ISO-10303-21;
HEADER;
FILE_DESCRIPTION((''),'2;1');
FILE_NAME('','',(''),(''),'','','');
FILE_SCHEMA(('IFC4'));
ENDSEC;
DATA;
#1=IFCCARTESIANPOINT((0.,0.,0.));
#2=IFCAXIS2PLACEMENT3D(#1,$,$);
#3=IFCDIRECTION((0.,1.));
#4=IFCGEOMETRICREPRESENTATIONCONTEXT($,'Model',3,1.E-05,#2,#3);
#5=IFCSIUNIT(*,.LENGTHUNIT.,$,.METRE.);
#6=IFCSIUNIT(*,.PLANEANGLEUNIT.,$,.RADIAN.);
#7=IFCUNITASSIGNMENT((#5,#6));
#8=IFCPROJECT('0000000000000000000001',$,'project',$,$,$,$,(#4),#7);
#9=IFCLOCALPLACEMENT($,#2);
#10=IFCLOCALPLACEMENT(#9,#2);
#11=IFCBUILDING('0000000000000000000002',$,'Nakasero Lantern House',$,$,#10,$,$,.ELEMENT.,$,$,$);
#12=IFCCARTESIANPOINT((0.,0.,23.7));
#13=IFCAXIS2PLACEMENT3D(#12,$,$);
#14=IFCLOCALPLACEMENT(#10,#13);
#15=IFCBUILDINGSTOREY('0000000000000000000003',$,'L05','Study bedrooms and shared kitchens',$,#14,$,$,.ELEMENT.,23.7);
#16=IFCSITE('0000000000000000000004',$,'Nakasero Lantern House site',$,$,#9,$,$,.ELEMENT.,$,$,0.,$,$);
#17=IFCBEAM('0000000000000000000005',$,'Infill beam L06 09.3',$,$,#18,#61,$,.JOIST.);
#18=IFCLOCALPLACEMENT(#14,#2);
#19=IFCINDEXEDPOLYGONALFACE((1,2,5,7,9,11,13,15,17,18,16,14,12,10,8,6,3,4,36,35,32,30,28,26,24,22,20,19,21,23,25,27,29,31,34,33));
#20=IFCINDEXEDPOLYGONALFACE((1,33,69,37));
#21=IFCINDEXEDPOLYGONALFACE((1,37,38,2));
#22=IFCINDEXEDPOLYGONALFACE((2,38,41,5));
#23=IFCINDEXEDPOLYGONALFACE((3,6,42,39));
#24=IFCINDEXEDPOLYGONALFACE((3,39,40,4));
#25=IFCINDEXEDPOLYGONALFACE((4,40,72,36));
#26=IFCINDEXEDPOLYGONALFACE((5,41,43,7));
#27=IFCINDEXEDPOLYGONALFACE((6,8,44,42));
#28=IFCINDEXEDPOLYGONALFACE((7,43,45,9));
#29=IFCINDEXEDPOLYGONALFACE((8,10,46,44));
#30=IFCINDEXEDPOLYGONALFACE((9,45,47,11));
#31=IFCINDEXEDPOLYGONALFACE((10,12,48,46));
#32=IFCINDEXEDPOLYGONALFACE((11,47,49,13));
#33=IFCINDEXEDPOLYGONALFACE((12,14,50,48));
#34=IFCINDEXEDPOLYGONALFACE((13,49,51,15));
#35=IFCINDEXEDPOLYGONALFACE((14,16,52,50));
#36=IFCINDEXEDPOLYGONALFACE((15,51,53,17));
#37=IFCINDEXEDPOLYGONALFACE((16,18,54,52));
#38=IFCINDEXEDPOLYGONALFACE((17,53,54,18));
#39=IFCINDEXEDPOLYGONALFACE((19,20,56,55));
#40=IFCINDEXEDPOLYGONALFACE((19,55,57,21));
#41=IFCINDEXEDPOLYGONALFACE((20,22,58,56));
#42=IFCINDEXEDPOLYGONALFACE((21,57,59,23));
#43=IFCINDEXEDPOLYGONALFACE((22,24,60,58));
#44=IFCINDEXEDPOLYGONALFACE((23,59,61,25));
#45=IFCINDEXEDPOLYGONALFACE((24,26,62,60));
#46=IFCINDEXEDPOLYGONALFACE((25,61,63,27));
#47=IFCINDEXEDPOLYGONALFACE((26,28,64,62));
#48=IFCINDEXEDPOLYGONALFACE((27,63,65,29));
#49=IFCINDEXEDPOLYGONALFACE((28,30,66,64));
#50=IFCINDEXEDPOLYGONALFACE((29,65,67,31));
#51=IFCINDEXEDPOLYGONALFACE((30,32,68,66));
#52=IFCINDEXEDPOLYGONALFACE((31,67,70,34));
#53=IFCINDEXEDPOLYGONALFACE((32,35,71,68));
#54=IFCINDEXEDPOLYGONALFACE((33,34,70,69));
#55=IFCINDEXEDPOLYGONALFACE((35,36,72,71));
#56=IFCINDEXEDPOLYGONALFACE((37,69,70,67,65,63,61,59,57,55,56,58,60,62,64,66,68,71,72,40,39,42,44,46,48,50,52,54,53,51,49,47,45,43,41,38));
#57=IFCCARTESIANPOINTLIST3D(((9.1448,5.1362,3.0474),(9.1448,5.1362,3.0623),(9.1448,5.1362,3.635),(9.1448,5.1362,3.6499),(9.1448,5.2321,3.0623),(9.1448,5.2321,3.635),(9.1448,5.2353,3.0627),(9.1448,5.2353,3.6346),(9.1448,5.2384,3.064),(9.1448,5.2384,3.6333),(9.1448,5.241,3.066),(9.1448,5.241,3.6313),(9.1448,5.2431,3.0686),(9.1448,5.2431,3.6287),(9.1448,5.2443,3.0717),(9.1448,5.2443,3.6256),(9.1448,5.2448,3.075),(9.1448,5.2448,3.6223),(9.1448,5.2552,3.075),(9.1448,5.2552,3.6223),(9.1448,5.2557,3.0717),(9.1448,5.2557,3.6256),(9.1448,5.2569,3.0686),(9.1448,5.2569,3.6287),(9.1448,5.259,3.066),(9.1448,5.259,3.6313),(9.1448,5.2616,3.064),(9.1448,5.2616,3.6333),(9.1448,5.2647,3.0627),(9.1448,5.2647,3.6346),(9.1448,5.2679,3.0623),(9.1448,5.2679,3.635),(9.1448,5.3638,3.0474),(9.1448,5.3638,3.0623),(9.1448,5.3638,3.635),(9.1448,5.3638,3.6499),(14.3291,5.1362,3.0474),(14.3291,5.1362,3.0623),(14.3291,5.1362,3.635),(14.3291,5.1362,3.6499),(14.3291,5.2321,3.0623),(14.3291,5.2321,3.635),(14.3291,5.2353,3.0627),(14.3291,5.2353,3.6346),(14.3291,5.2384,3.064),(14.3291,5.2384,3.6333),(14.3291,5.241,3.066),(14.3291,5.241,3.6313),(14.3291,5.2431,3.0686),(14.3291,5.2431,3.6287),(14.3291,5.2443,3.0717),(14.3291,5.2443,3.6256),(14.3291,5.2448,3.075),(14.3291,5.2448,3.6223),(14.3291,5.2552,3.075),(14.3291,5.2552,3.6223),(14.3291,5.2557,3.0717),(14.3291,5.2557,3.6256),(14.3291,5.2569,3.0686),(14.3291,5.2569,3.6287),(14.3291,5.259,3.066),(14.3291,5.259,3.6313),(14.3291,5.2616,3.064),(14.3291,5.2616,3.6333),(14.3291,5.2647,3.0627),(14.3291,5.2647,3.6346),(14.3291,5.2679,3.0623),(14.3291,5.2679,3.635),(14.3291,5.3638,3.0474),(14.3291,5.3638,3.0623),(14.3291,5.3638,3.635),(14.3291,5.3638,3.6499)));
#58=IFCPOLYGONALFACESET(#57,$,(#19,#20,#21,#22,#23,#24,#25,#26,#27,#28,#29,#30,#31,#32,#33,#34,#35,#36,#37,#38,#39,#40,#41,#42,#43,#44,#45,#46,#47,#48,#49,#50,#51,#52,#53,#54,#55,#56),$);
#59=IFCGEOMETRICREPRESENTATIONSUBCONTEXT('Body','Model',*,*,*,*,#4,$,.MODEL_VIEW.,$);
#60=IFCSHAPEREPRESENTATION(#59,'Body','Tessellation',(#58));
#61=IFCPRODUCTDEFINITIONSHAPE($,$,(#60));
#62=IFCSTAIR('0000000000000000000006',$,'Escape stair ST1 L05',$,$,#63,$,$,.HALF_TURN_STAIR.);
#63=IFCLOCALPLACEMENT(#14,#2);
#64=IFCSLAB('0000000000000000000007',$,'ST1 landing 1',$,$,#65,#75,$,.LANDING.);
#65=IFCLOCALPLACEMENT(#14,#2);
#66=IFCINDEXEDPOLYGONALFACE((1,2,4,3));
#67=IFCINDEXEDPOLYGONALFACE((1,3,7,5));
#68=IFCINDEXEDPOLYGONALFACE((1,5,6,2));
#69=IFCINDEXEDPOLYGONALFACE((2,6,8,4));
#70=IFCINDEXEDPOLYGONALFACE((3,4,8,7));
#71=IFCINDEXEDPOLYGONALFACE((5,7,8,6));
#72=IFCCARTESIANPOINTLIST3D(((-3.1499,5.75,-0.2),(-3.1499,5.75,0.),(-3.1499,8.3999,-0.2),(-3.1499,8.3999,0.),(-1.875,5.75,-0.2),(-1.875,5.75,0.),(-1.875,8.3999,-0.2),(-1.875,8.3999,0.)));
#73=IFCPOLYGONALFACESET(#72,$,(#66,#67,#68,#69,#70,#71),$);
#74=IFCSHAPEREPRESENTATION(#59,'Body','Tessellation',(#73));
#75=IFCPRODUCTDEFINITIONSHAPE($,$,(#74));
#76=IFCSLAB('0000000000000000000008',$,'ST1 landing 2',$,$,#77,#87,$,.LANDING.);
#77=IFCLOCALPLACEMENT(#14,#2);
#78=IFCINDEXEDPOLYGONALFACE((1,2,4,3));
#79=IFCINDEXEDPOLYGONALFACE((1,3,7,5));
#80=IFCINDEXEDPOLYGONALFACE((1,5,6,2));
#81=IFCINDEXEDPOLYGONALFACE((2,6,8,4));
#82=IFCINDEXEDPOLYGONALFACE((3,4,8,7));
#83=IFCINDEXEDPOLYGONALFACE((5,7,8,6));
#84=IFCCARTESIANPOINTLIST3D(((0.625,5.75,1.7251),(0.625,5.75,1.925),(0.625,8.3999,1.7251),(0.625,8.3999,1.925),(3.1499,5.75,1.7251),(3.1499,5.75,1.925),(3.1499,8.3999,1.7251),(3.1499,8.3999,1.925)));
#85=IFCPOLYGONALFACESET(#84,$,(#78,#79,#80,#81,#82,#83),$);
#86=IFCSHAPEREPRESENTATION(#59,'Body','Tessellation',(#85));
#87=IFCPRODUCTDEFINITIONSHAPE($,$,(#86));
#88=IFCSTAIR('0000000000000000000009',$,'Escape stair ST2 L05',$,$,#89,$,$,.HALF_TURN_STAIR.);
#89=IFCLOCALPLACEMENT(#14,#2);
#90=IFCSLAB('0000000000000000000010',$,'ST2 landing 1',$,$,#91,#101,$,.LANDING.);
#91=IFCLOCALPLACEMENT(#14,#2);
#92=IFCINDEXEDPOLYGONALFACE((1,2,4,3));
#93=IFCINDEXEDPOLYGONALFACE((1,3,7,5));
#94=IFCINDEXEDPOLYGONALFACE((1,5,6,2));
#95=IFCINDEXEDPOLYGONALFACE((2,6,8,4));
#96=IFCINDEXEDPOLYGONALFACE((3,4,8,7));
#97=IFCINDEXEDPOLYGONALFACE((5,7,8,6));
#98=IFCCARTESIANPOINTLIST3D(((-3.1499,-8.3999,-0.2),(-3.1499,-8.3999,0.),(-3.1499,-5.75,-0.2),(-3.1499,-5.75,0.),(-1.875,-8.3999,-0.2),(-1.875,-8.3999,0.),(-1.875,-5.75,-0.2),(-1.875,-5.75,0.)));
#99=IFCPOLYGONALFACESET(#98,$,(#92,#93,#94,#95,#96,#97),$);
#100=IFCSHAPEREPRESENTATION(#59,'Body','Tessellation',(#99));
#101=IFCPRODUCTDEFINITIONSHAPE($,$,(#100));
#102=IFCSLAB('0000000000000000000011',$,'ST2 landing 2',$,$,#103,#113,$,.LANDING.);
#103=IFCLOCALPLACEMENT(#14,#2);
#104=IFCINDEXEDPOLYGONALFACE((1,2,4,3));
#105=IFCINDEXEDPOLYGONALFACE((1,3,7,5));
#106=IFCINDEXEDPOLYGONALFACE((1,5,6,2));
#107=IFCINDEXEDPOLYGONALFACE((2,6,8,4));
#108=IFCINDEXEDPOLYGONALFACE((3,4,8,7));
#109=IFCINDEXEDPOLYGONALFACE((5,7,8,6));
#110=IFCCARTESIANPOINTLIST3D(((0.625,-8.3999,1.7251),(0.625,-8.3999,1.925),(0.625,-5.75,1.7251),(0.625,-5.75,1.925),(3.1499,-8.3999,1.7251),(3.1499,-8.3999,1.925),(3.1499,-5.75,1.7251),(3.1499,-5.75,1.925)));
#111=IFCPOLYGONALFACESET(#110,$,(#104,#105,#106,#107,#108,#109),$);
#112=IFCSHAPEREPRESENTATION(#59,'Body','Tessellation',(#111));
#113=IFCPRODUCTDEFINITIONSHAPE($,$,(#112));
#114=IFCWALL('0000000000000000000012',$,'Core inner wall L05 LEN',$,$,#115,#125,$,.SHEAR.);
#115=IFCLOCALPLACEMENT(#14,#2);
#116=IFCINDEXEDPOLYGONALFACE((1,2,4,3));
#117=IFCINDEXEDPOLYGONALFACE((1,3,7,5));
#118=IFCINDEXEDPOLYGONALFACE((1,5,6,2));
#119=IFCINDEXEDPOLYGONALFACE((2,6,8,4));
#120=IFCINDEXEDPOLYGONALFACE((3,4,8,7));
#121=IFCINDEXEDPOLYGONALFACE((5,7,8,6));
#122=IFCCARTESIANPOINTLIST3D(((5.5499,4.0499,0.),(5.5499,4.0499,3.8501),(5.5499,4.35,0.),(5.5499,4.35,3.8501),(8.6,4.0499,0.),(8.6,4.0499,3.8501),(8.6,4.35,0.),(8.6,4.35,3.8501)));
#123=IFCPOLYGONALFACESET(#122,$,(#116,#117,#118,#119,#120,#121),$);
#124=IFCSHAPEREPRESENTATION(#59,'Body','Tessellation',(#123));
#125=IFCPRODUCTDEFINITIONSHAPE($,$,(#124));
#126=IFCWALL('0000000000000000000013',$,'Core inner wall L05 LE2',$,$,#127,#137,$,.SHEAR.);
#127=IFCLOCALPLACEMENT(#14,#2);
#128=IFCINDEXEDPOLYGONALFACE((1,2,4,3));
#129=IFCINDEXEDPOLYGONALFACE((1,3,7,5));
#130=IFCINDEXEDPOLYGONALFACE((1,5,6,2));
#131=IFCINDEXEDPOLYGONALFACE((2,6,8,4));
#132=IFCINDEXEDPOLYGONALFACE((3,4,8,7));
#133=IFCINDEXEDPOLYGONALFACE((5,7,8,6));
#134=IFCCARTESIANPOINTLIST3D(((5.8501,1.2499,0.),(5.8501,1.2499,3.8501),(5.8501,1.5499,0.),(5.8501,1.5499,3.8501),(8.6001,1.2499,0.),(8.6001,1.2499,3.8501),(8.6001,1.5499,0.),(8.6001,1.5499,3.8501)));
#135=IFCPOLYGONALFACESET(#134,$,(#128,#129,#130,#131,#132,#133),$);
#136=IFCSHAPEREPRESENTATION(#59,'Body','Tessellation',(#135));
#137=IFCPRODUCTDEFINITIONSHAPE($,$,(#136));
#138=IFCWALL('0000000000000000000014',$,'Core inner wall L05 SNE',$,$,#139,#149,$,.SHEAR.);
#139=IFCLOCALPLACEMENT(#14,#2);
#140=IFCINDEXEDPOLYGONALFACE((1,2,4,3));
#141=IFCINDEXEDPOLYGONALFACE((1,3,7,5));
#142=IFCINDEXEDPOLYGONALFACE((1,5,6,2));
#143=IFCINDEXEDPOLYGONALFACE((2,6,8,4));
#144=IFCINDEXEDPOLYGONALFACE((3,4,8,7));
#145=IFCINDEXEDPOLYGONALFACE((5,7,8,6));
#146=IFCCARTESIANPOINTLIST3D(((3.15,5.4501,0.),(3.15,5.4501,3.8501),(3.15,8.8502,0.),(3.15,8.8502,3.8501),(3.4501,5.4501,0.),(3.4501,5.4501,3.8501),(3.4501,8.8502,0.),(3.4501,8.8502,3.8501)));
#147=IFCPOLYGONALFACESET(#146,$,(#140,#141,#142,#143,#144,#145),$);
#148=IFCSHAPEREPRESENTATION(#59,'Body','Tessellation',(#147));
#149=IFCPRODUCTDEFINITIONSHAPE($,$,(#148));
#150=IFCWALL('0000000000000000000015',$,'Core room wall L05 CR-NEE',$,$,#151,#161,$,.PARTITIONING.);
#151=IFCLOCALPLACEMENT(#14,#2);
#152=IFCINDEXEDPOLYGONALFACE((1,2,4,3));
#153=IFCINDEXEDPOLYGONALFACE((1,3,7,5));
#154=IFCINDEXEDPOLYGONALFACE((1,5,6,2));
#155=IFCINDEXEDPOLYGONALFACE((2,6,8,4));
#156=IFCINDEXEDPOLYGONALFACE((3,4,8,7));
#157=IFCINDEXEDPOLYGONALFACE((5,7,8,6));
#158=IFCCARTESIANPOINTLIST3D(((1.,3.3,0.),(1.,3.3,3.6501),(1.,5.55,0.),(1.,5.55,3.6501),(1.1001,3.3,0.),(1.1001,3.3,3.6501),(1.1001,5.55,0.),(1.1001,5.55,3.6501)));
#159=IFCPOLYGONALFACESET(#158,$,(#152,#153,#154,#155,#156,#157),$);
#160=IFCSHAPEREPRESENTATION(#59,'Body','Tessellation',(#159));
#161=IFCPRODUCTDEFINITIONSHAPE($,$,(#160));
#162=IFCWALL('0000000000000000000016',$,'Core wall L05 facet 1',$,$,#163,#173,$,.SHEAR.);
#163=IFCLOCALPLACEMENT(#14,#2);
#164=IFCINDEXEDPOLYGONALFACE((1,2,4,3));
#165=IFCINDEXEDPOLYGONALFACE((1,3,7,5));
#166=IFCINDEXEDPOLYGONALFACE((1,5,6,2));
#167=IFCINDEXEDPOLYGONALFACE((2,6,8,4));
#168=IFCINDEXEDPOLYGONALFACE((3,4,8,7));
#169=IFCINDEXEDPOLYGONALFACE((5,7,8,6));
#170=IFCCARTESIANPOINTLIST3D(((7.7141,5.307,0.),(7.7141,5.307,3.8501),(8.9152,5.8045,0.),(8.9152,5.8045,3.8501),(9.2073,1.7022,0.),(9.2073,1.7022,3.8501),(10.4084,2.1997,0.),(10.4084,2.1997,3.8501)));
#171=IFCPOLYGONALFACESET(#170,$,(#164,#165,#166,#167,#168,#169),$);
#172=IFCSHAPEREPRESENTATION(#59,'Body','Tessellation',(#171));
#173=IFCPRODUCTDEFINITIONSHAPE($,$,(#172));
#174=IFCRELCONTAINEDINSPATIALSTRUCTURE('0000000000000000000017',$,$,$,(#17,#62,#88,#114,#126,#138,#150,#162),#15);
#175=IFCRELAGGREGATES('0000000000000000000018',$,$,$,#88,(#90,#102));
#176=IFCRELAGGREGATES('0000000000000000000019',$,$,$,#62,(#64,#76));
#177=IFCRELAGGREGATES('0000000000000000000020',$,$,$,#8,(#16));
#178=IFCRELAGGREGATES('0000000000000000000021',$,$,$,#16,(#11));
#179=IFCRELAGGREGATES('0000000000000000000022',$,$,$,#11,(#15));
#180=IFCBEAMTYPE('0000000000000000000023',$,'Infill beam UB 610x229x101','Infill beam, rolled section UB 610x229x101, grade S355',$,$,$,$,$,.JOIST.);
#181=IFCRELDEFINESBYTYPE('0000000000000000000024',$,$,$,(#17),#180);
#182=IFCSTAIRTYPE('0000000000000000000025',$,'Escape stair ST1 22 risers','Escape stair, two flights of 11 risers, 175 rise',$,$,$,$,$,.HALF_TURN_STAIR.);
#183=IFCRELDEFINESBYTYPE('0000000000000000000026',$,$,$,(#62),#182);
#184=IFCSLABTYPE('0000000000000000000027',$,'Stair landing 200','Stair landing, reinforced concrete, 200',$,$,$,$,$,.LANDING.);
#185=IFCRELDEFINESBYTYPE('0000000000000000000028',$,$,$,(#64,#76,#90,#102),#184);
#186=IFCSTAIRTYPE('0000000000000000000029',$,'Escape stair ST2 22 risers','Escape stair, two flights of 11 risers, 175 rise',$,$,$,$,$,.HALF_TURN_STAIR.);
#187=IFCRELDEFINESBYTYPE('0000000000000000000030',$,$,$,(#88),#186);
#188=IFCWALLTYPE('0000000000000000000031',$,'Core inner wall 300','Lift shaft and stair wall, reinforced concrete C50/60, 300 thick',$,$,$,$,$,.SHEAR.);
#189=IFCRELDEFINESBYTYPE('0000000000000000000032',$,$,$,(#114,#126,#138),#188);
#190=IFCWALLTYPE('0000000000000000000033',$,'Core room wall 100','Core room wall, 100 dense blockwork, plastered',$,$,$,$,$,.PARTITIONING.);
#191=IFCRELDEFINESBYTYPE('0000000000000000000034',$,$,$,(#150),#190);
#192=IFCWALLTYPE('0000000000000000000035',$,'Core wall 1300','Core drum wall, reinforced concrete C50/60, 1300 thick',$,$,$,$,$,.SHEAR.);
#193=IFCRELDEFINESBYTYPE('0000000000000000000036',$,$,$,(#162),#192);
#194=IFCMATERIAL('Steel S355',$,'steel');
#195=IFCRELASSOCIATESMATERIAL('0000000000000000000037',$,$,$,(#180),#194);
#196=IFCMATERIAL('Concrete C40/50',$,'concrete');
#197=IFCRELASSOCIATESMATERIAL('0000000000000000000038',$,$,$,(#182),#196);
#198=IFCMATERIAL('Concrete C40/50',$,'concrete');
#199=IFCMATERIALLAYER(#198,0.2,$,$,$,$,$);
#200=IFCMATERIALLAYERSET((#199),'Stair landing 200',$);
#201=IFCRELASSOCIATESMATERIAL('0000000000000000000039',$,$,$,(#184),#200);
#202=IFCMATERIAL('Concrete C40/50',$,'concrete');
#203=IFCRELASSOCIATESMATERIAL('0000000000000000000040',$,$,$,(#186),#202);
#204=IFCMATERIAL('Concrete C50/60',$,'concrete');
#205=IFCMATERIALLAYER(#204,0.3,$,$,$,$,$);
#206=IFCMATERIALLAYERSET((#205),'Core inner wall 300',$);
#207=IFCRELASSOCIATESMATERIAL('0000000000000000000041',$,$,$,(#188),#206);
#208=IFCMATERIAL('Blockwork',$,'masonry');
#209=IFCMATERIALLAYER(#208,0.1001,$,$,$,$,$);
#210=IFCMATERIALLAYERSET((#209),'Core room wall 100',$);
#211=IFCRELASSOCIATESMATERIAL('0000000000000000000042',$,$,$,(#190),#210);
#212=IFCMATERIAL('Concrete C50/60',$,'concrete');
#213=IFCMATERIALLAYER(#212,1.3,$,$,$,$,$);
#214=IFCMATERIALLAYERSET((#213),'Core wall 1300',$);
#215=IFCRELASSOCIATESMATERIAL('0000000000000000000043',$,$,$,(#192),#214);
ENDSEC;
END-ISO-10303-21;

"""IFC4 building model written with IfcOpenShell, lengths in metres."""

from ifc_helpers import new_model, si_unit, direction, frame, frame_2d, origin, origin_2d, place, context, subcontext, project, spatial, polyline, rectangle, i_section, outline, extrude, material, layer, layer_set, material_profile, profile_set, type_object, element, aggregate, save


model = new_model("IFC4")

# Units and contexts
model_context = context("Model", 3, precision=1e-05, world=origin(), true_north=direction((0.0, 1.0)))
body_context = subcontext(model_context, "Body", "Model", "MODEL_VIEW")
ifc_project = project(units=[si_unit("LENGTHUNIT", "METRE"), si_unit("PLANEANGLEUNIT", "RADIAN")], contexts=[model_context])

# Site, building, storey
site_placement = place(None, origin())
site = spatial("IfcSite", under=ifc_project, at=site_placement, Name="Nakasero Lantern House site", CompositionType="ELEMENT", RefElevation=0.0)
building_placement = place(site_placement, origin())
building = spatial("IfcBuilding", under=site, at=building_placement, Name="Nakasero Lantern House", CompositionType="ELEMENT")
storey_placement = place(building_placement, frame((0.0, 0.0, 23.7)))
storey = spatial("IfcBuildingStorey", under=building, at=storey_placement, Name="L05", Description="Study bedrooms and shared kitchens", CompositionType="ELEMENT", Elevation=23.7)

# Beam
ifc_material_1 = material(Name="Steel S355", Category="steel")
ifc_material_profile_1 = material_profile(ifc_material_1, i_section(OverallWidth=0.2275, OverallDepth=0.6025, WebThickness=0.0105, FlangeThickness=0.0149, FilletRadius=0.0127, at=origin_2d()), Name="UB 610x229x101")
ifc_profile_set_1 = profile_set([ifc_material_profile_1], Name="Steel S355")
beam_type_1 = type_object("IfcBeamType", Name="Infill beam UB 610x229x101", Description="Infill beam, rolled section UB 610x229x101, grade S355", PredefinedType="JOIST", material=ifc_profile_set_1)
beam_1_placement = place(storey_placement, frame((9.1448, 5.25, 3.3486), z_axis=(1.0, 0.0, 0.0), x_axis=(0.0, 1.0, 0.0)))
element("IfcBeam", 1, at=beam_1_placement, inside=storey, type_object=beam_type_1, Name="Infill beam L06 09.3", PredefinedType="JOIST", context=body_context, shape_type="SweptSolid", body=[
    extrude(i_section(OverallWidth=0.2275, OverallDepth=0.6025, WebThickness=0.0105, FlangeThickness=0.0149, FilletRadius=0.0127, at=origin_2d()), origin(), (0.0, 0.0, 1.0), 5.1843),
])

# Stairs, slabs
ifc_material_2 = material(Name="Concrete C40/50", Category="concrete")
stair_type_1 = type_object("IfcStairType", Name="Escape stair ST1 22 risers", Description="Escape stair, two flights of 11 risers, 175 rise", PredefinedType="HALF_TURN_STAIR", material=ifc_material_2)
stair_1_placement = place(storey_placement, origin())
stair_1 = element("IfcStair", 2, at=stair_1_placement, inside=storey, type_object=stair_type_1, Name="Escape stair ST1 L05", PredefinedType="HALF_TURN_STAIR")
ifc_material_3 = material(Name="Concrete C40/50", Category="concrete")
ifc_layer_1 = layer(ifc_material_3, 0.2)
ifc_layer_set_1 = layer_set([ifc_layer_1], Name="Stair landing 200")
slab_type = type_object("IfcSlabType", Name="Stair landing 200", Description="Stair landing, reinforced concrete, 200", PredefinedType="LANDING", material=ifc_layer_set_1)
slab_1_placement = place(storey_placement, frame((0.0, 0.0, -0.2)))
slab_1 = element("IfcSlab", 3, at=slab_1_placement, type_object=slab_type, Name="ST1 landing 1", PredefinedType="LANDING", context=body_context, shape_type="SweptSolid", body=[
    extrude(outline(polyline([(-3.1499, 5.75), (-1.875, 5.75), (-1.875, 8.3999), (-3.1499, 8.3999), (-3.1499, 5.75)])), origin(), (0.0, 0.0, 1.0), 0.2),
])
slab_2_placement = place(storey_placement, frame((0.0, 0.0, 1.7251)))
slab_2 = element("IfcSlab", 4, at=slab_2_placement, type_object=slab_type, Name="ST1 landing 2", PredefinedType="LANDING", context=body_context, shape_type="SweptSolid", body=[
    extrude(outline(polyline([(0.625, 5.75), (3.1499, 5.75), (3.1499, 8.3999), (0.625, 8.3999), (0.625, 5.75)])), origin(), (0.0, 0.0, 1.0), 0.2),
])
ifc_material_4 = material(Name="Concrete C40/50", Category="concrete")
stair_type_2 = type_object("IfcStairType", Name="Escape stair ST2 22 risers", Description="Escape stair, two flights of 11 risers, 175 rise", PredefinedType="HALF_TURN_STAIR", material=ifc_material_4)
stair_2_placement = place(storey_placement, origin())
stair_2 = element("IfcStair", 5, at=stair_2_placement, inside=storey, type_object=stair_type_2, Name="Escape stair ST2 L05", PredefinedType="HALF_TURN_STAIR")
slab_3_placement = place(storey_placement, frame((0.0, 0.0, -0.2)))
slab_3 = element("IfcSlab", 6, at=slab_3_placement, type_object=slab_type, Name="ST2 landing 1", PredefinedType="LANDING", context=body_context, shape_type="SweptSolid", body=[
    extrude(outline(polyline([(-3.1499, -8.3999), (-1.875, -8.3999), (-1.875, -5.75), (-3.1499, -5.75), (-3.1499, -8.3999)])), origin(), (0.0, 0.0, 1.0), 0.2),
])
slab_4_placement = place(storey_placement, frame((0.0, 0.0, 1.7251)))
slab_4 = element("IfcSlab", 7, at=slab_4_placement, type_object=slab_type, Name="ST2 landing 2", PredefinedType="LANDING", context=body_context, shape_type="SweptSolid", body=[
    extrude(outline(polyline([(0.625, -8.3999), (3.1499, -8.3999), (3.1499, -5.75), (0.625, -5.75), (0.625, -8.3999)])), origin(), (0.0, 0.0, 1.0), 0.2),
])
aggregate(stair_2, [slab_3, slab_4])

# Walls
ifc_material_5 = material(Name="Concrete C50/60", Category="concrete")
ifc_layer_2 = layer(ifc_material_5, 0.3)
ifc_layer_set_2 = layer_set([ifc_layer_2], Name="Core inner wall 300")
wall_type_1 = type_object("IfcWallType", Name="Core inner wall 300", Description="Lift shaft and stair wall, reinforced concrete C50/60, 300 thick", PredefinedType="SHEAR", material=ifc_layer_set_2)
wall_1_placement = place(storey_placement, frame((5.55, 4.2, 0.0), z_axis=(0.0, 0.0, 1.0), x_axis=(1.0, 0.0, 0.0)))
element("IfcWall", 8, at=wall_1_placement, inside=storey, type_object=wall_type_1, Name="Core inner wall L05 LEN", PredefinedType="SHEAR", context=body_context, shape_type="SweptSolid", body=[
    extrude(rectangle(XDim=3.05, YDim=0.3, at=frame_2d((1.5249, 0.0))), origin(), (0.0, 0.0, 1.0), 3.8501),
])
wall_2_placement = place(storey_placement, frame((5.8501, 1.3999, 0.0), z_axis=(0.0, 0.0, 1.0), x_axis=(1.0, 0.0, 0.0)))
element("IfcWall", 9, at=wall_2_placement, inside=storey, type_object=wall_type_1, Name="Core inner wall L05 LE2", PredefinedType="SHEAR", context=body_context, shape_type="SweptSolid", body=[
    extrude(rectangle(XDim=2.75, YDim=0.3, at=frame_2d((1.375, 0.0))), origin(), (0.0, 0.0, 1.0), 3.8501),
])
wall_3_placement = place(storey_placement, frame((3.3, 5.45, 0.0), z_axis=(0.0, 0.0, 1.0), x_axis=(0.0, 1.0, 0.0)))
element("IfcWall", 10, at=wall_3_placement, inside=storey, type_object=wall_type_1, Name="Core inner wall L05 SNE", PredefinedType="SHEAR", context=body_context, shape_type="SweptSolid", body=[
    extrude(rectangle(XDim=3.4001, YDim=0.3, at=frame_2d((1.7002, 0.0))), origin(), (0.0, 0.0, 1.0), 3.8501),
])
ifc_material_6 = material(Name="Blockwork", Category="masonry")
ifc_layer_3 = layer(ifc_material_6, 0.1001)
ifc_layer_set_3 = layer_set([ifc_layer_3], Name="Core room wall 100")
wall_type_2 = type_object("IfcWallType", Name="Core room wall 100", Description="Core room wall, 100 dense blockwork, plastered", PredefinedType="PARTITIONING", material=ifc_layer_set_3)
wall_4_placement = place(storey_placement, frame((1.05, 3.3, 0.0), z_axis=(0.0, 0.0, 1.0), x_axis=(0.0, 1.0, 0.0)))
element("IfcWall", 11, at=wall_4_placement, inside=storey, type_object=wall_type_2, Name="Core room wall L05 CR-NEE", PredefinedType="PARTITIONING", context=body_context, shape_type="SweptSolid", body=[
    extrude(rectangle(XDim=2.25, YDim=0.1001, at=frame_2d((1.125, 0.0))), origin(), (0.0, 0.0, 1.0), 3.6501),
])
ifc_material_7 = material(Name="Concrete C50/60", Category="concrete")
ifc_layer_4 = layer(ifc_material_7, 1.3)
ifc_layer_set_4 = layer_set([ifc_layer_4], Name="Core wall 1300")
wall_type_3 = type_object("IfcWallType", Name="Core wall 1300", Description="Core drum wall, reinforced concrete C50/60, 1300 thick", PredefinedType="SHEAR", material=ifc_layer_set_4)
wall_5_placement = place(storey_placement, frame((9.8079, 1.9509, 0.0), z_axis=(0.0, 0.0, 1.0), x_axis=(-0.382691, 0.923877, 0.0)))
element("IfcWall", 12, at=wall_5_placement, inside=storey, type_object=wall_type_3, Name="Core wall L05 facet 1", PredefinedType="SHEAR", context=body_context, shape_type="SweptSolid", body=[
    extrude(rectangle(XDim=3.9019, YDim=1.3, at=frame_2d((1.9509, 0.0))), origin(), (0.0, 0.0, 1.0), 3.8501),
])

aggregate(stair_1, [slab_1, slab_2])

save(model, "model.ifc")
